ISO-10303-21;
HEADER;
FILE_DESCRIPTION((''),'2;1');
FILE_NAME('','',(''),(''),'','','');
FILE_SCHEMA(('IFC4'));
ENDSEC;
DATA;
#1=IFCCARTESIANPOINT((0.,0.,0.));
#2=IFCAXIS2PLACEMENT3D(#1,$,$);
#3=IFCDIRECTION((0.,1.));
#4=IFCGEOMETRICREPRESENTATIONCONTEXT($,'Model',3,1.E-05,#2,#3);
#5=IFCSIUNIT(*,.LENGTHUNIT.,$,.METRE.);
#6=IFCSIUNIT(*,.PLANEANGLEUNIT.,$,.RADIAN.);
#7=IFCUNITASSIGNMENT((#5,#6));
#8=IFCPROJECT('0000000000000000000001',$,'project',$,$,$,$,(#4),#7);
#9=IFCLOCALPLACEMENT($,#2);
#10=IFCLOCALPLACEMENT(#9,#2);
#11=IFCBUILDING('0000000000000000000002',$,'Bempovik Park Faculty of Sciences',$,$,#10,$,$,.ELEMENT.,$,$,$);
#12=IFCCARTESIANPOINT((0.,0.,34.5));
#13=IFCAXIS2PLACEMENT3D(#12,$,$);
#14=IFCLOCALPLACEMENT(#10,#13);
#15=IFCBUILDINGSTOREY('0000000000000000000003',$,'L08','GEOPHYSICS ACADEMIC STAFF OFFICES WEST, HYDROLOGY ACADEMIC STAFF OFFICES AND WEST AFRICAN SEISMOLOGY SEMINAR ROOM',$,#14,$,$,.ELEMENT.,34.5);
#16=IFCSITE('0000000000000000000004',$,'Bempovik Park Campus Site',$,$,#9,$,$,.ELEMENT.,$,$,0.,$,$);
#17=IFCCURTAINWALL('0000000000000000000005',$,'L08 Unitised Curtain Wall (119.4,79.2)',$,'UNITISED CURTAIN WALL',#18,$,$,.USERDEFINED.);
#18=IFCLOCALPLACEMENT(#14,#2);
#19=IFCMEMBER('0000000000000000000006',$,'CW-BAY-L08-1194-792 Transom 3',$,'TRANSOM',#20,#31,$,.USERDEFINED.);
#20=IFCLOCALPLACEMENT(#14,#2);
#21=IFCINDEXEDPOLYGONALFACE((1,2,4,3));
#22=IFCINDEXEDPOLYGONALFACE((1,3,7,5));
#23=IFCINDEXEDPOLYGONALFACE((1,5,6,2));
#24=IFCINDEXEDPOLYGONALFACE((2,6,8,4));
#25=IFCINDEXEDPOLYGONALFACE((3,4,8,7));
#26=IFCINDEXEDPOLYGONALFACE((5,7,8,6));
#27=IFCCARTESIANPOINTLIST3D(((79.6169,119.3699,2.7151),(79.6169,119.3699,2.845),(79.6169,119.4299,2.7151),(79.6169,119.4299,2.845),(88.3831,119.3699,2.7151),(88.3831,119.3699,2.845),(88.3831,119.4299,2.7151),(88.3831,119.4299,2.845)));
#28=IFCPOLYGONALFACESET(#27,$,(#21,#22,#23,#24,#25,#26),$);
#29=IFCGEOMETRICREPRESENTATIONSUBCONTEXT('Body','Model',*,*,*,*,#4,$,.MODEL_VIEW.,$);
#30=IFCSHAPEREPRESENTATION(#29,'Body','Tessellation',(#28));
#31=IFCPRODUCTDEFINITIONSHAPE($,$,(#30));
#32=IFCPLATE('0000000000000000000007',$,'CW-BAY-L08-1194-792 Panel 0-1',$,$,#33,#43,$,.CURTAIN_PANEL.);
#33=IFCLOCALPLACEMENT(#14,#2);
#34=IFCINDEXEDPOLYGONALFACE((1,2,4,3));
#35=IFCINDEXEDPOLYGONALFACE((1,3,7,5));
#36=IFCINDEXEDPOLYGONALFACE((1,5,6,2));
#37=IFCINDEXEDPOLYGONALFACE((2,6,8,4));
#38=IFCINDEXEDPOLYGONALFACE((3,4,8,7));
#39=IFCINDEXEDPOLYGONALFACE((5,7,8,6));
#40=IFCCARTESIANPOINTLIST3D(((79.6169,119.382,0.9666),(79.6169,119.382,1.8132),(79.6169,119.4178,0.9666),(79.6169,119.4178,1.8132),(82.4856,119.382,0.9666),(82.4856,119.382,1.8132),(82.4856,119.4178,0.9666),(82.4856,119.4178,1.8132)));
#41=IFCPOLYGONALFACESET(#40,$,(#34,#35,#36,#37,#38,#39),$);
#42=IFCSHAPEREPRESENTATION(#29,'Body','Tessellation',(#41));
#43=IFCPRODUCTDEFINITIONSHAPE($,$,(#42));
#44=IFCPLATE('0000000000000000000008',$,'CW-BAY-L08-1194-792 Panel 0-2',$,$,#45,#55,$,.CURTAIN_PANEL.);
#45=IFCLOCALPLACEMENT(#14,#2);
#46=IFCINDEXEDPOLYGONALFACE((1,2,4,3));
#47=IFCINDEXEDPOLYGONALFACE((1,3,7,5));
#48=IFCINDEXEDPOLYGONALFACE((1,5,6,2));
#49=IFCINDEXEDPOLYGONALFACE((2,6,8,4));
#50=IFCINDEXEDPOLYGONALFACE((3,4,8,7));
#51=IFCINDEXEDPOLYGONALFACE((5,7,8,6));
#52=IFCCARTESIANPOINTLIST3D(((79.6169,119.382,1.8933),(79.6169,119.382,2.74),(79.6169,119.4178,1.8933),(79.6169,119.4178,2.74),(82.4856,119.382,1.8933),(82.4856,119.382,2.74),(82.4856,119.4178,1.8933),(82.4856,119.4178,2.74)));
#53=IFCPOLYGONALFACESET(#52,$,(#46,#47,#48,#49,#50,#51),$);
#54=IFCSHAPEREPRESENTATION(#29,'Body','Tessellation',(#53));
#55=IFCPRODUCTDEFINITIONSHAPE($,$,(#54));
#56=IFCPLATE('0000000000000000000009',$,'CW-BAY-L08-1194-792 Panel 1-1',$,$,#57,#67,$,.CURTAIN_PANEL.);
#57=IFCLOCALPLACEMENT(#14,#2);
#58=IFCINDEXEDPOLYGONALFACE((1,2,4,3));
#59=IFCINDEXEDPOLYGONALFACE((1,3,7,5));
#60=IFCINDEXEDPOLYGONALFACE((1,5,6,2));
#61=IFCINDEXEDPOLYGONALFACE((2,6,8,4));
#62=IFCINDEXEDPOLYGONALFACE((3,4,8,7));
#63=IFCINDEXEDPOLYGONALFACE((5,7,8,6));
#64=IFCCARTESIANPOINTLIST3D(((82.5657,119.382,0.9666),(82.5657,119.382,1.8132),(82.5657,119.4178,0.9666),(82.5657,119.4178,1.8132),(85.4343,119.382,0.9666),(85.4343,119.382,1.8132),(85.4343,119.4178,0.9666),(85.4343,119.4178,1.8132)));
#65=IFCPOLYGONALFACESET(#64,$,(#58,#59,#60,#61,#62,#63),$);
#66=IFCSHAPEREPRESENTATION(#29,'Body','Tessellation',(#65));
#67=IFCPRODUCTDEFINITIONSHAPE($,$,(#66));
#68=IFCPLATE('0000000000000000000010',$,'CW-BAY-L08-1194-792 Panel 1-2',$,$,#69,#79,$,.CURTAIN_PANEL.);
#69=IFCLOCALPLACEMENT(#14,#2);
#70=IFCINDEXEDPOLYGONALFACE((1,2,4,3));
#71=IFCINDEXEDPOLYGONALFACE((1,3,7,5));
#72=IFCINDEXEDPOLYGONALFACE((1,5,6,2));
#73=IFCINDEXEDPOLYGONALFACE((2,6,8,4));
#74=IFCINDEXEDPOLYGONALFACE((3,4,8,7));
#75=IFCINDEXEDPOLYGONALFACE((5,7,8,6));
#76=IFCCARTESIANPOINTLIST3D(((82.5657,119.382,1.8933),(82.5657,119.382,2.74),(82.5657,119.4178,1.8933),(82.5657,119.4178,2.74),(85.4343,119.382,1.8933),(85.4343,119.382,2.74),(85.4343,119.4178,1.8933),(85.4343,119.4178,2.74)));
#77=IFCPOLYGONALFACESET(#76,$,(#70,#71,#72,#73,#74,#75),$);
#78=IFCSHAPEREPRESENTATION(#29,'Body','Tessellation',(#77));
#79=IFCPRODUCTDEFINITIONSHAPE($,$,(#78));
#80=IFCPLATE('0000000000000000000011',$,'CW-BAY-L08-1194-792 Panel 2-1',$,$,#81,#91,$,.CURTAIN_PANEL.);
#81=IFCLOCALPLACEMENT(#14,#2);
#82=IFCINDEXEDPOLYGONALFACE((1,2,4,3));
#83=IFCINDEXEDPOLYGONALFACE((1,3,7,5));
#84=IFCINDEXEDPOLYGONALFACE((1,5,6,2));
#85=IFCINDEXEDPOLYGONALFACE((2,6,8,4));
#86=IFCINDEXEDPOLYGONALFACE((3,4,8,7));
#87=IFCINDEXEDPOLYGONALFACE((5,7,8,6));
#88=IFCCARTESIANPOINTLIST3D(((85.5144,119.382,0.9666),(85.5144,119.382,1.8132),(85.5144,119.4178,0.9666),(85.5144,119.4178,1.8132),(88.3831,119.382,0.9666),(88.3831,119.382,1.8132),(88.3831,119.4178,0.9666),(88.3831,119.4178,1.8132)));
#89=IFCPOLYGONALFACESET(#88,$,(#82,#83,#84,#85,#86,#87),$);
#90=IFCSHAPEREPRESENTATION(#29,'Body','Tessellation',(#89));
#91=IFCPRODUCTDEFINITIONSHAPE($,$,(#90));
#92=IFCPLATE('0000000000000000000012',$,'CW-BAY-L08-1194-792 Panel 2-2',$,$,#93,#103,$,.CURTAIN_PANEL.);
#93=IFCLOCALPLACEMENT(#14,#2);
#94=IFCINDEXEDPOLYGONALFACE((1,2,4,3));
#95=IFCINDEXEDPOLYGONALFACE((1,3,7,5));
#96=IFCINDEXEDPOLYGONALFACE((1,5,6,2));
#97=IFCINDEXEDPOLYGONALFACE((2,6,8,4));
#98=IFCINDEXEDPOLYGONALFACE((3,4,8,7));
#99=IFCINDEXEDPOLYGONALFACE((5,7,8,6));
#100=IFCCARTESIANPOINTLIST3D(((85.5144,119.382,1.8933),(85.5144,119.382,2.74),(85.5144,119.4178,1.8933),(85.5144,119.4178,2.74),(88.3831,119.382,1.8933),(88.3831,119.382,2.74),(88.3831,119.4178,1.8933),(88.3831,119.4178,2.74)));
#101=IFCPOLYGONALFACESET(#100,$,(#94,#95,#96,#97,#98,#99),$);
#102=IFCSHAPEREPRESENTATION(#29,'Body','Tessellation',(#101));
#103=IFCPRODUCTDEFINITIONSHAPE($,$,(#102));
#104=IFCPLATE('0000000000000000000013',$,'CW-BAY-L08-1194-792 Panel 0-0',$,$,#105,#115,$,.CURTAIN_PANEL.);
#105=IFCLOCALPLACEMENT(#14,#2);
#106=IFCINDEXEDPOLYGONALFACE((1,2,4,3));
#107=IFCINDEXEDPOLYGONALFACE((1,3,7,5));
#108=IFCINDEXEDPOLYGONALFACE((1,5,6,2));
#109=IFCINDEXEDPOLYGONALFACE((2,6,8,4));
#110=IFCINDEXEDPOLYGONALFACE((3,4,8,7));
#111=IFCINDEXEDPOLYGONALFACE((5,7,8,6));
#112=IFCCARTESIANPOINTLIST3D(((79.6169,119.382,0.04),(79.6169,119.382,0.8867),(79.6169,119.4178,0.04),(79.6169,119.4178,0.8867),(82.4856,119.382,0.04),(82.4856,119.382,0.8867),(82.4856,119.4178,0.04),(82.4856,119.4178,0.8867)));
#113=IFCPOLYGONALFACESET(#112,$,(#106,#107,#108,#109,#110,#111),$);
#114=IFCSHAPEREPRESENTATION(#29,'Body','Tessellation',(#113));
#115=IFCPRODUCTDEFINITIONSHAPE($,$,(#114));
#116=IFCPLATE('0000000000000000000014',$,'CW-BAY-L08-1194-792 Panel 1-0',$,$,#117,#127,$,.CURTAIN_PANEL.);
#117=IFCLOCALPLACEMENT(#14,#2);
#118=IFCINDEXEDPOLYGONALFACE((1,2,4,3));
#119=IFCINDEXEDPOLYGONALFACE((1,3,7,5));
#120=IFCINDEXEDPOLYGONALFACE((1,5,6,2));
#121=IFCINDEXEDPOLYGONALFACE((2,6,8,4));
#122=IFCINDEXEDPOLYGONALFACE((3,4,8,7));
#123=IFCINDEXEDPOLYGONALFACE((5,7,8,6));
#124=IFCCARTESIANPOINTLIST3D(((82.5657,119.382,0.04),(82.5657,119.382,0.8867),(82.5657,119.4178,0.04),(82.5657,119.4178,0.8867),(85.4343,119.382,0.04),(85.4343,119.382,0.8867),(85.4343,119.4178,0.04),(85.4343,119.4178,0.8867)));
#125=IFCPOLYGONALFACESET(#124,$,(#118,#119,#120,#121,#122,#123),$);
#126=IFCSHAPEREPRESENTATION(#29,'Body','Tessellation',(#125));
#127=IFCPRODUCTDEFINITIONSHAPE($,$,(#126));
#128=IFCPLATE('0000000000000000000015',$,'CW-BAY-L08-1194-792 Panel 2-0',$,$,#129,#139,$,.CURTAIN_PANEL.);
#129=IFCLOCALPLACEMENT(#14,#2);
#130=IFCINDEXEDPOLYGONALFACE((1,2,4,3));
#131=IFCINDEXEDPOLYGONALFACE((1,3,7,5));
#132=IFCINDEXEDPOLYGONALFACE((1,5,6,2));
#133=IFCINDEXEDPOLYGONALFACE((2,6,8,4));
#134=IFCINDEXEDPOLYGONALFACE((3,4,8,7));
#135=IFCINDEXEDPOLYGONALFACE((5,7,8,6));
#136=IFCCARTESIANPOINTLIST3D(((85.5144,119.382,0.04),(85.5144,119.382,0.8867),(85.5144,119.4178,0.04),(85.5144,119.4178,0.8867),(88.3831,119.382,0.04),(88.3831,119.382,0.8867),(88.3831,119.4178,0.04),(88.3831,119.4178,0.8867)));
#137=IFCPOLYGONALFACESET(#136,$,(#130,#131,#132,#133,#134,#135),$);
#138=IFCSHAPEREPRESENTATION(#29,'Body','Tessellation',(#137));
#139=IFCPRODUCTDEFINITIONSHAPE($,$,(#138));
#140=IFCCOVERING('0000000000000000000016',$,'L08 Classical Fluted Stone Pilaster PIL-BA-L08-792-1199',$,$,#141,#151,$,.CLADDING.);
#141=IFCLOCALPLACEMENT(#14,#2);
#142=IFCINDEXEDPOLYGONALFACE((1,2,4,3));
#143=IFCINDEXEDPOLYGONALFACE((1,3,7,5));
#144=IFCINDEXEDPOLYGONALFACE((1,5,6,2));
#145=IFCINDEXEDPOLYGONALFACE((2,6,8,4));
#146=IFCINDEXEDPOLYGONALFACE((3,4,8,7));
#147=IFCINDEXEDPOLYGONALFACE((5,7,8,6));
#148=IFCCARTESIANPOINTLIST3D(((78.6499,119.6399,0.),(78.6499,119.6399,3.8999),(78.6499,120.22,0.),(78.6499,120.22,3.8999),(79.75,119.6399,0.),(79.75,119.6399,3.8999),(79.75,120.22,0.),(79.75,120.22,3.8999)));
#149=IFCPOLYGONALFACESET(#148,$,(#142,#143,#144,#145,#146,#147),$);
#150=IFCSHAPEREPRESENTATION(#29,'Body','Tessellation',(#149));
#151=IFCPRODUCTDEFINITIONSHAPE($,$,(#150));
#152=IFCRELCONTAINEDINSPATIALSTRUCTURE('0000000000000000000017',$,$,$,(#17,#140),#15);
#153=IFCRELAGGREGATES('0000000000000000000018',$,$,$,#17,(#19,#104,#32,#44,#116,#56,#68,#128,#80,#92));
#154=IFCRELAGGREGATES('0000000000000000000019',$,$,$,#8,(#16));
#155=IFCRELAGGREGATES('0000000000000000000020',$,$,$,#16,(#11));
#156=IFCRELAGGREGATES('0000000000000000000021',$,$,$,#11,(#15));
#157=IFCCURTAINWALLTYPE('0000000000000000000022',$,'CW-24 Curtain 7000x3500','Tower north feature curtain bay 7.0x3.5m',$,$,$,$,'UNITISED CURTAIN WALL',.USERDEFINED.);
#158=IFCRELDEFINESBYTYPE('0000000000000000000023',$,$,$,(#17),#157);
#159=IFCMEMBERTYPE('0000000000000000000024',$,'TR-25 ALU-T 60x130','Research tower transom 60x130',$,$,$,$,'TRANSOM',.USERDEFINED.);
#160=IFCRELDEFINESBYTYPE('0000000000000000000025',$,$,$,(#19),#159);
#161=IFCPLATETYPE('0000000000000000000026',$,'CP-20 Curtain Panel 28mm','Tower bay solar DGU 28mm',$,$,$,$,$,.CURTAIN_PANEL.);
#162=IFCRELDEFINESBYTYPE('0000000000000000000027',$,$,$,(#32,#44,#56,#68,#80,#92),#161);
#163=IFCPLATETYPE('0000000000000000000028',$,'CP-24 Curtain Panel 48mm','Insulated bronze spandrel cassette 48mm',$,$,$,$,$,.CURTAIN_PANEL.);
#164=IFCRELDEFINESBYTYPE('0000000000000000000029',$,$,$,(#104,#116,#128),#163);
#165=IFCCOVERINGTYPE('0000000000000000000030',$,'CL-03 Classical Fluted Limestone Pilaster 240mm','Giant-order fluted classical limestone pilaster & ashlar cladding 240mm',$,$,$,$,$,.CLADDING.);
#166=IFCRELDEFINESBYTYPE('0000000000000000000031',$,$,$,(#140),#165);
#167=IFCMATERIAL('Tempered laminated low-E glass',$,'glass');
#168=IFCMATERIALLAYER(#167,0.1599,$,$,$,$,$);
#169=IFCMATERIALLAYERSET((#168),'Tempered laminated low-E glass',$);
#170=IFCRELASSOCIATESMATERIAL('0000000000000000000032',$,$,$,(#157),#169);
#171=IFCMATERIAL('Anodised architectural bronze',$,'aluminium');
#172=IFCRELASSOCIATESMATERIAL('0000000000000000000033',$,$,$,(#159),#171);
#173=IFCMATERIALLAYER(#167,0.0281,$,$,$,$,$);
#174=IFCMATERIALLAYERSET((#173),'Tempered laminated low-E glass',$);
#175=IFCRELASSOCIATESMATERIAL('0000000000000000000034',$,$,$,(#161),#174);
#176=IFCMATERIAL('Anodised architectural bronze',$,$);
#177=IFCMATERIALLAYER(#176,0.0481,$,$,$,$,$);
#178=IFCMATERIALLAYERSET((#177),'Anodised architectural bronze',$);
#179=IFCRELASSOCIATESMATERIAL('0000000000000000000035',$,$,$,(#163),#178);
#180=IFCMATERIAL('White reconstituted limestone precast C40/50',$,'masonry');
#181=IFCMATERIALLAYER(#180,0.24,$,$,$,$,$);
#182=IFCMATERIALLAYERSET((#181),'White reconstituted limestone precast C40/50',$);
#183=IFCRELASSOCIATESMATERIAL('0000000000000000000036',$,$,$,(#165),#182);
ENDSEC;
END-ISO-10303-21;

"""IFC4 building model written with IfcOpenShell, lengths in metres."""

from ifc_helpers import new_model, si_unit, direction, frame, origin, origin_2d, place, context, subcontext, project, spatial, rectangle, extrude, material, layer, layer_set, material_profile, profile_set, type_object, element, aggregate, save


model = new_model("IFC4")

# Units and contexts
model_context = context("Model", 3, precision=1e-05, world=origin(), true_north=direction((0.0, 1.0)))
body_context = subcontext(model_context, "Body", "Model", "MODEL_VIEW")
ifc_project = project(units=[si_unit("LENGTHUNIT", "METRE"), si_unit("PLANEANGLEUNIT", "RADIAN")], contexts=[model_context])

# Site, building, storey
site_placement = place(None, origin())
site = spatial("IfcSite", under=ifc_project, at=site_placement, Name="Bempovik Park Campus Site", CompositionType="ELEMENT", RefElevation=0.0)
building_placement = place(site_placement, origin())
building = spatial("IfcBuilding", under=site, at=building_placement, Name="Bempovik Park Faculty of Sciences", CompositionType="ELEMENT")
storey_placement = place(building_placement, frame((0.0, 0.0, 34.5)))
storey = spatial("IfcBuildingStorey", under=building, at=storey_placement, Name="L08", Description="GEOPHYSICS ACADEMIC STAFF OFFICES WEST, HYDROLOGY ACADEMIC STAFF OFFICES AND WEST AFRICAN SEISMOLOGY SEMINAR ROOM", CompositionType="ELEMENT", Elevation=34.5)

# Curtain wall, member, plates
ifc_material_1 = material(Name="Tempered laminated low-E glass", Category="glass")
ifc_layer_1 = layer(ifc_material_1, 0.1599)
ifc_layer_set_1 = layer_set([ifc_layer_1], Name="Tempered laminated low-E glass")
curtain_wall_type = type_object("IfcCurtainWallType", Name="CW-24 Curtain 7000x3500", Description="Tower north feature curtain bay 7.0x3.5m", ElementType="UNITISED CURTAIN WALL", PredefinedType="USERDEFINED", material=ifc_layer_set_1)
curtain_wall_placement = place(storey_placement, origin())
curtain_wall = element("IfcCurtainWall", 1, at=curtain_wall_placement, inside=storey, type_object=curtain_wall_type, Name="L08 Unitised Curtain Wall (119.4,79.2)", ObjectType="UNITISED CURTAIN WALL", PredefinedType="USERDEFINED")
ifc_material_2 = material(Name="Anodised architectural bronze", Category="aluminium")
ifc_material_profile_1 = material_profile(ifc_material_2, rectangle(XDim=0.0601, YDim=0.1299, at=origin_2d()), Name="ALU-T 60x130")
ifc_profile_set_1 = profile_set([ifc_material_profile_1], Name="Anodised architectural bronze")
member_type_1 = type_object("IfcMemberType", Name="TR-25 ALU-T 60x130", Description="Research tower transom 60x130", ElementType="TRANSOM", PredefinedType="USERDEFINED", material=ifc_profile_set_1)
member_1_placement = place(storey_placement, frame((79.6169, 119.3999, 2.78), z_axis=(1.0, 0.0, 0.0), x_axis=(0.0, 1.0, 0.0)))
member_1 = element("IfcMember", 2, at=member_1_placement, type_object=member_type_1, Name="CW-BAY-L08-1194-792 Transom 3", ObjectType="TRANSOM", PredefinedType="USERDEFINED", context=body_context, shape_type="SweptSolid", body=[
    extrude(rectangle(XDim=0.0601, YDim=0.1299, at=origin_2d()), origin(), (0.0, 0.0, 1.0), 8.7661),
])
ifc_layer_2 = layer(ifc_material_1, 0.0281)
ifc_layer_set_2 = layer_set([ifc_layer_2], Name="Tempered laminated low-E glass")
plate_type_1 = type_object("IfcPlateType", Name="CP-20 Curtain Panel 28mm", Description="Tower bay solar DGU 28mm", PredefinedType="CURTAIN_PANEL", material=ifc_layer_set_2)
plate_1_placement = place(storey_placement, frame((81.0513, 119.3999, 0.9666), z_axis=(0.0, 0.0, 1.0), x_axis=(1.0, 0.0, 0.0)))
plate_1 = element("IfcPlate", 3, at=plate_1_placement, type_object=plate_type_1, Name="CW-BAY-L08-1194-792 Panel 0-1", PredefinedType="CURTAIN_PANEL", context=body_context, shape_type="SweptSolid", body=[
    extrude(rectangle(XDim=2.8687, YDim=0.0359, at=origin_2d()), origin(), (0.0, 0.0, 1.0), 0.8467),
])
plate_2_placement = place(storey_placement, frame((81.0513, 119.3999, 1.8933), z_axis=(0.0, 0.0, 1.0), x_axis=(1.0, 0.0, 0.0)))
plate_2 = element("IfcPlate", 4, at=plate_2_placement, type_object=plate_type_1, Name="CW-BAY-L08-1194-792 Panel 0-2", PredefinedType="CURTAIN_PANEL", context=body_context, shape_type="SweptSolid", body=[
    extrude(rectangle(XDim=2.8687, YDim=0.0359, at=origin_2d()), origin(), (0.0, 0.0, 1.0), 0.8467),
])
plate_3_placement = place(storey_placement, frame((84.0, 119.3999, 0.9666), z_axis=(0.0, 0.0, 1.0), x_axis=(1.0, 0.0, 0.0)))
plate_3 = element("IfcPlate", 5, at=plate_3_placement, type_object=plate_type_1, Name="CW-BAY-L08-1194-792 Panel 1-1", PredefinedType="CURTAIN_PANEL", context=body_context, shape_type="SweptSolid", body=[
    extrude(rectangle(XDim=2.8687, YDim=0.0359, at=origin_2d()), origin(), (0.0, 0.0, 1.0), 0.8467),
])
plate_4_placement = place(storey_placement, frame((84.0, 119.3999, 1.8933), z_axis=(0.0, 0.0, 1.0), x_axis=(1.0, 0.0, 0.0)))
plate_4 = element("IfcPlate", 6, at=plate_4_placement, type_object=plate_type_1, Name="CW-BAY-L08-1194-792 Panel 1-2", PredefinedType="CURTAIN_PANEL", context=body_context, shape_type="SweptSolid", body=[
    extrude(rectangle(XDim=2.8687, YDim=0.0359, at=origin_2d()), origin(), (0.0, 0.0, 1.0), 0.8467),
])
plate_5_placement = place(storey_placement, frame((86.9487, 119.3999, 0.9666), z_axis=(0.0, 0.0, 1.0), x_axis=(1.0, 0.0, 0.0)))
plate_5 = element("IfcPlate", 7, at=plate_5_placement, type_object=plate_type_1, Name="CW-BAY-L08-1194-792 Panel 2-1", PredefinedType="CURTAIN_PANEL", context=body_context, shape_type="SweptSolid", body=[
    extrude(rectangle(XDim=2.8687, YDim=0.0359, at=origin_2d()), origin(), (0.0, 0.0, 1.0), 0.8467),
])
plate_6_placement = place(storey_placement, frame((86.9487, 119.3999, 1.8933), z_axis=(0.0, 0.0, 1.0), x_axis=(1.0, 0.0, 0.0)))
plate_6 = element("IfcPlate", 8, at=plate_6_placement, type_object=plate_type_1, Name="CW-BAY-L08-1194-792 Panel 2-2", PredefinedType="CURTAIN_PANEL", context=body_context, shape_type="SweptSolid", body=[
    extrude(rectangle(XDim=2.8687, YDim=0.0359, at=origin_2d()), origin(), (0.0, 0.0, 1.0), 0.8467),
])
ifc_material_3 = material(Name="Anodised architectural bronze")
ifc_layer_3 = layer(ifc_material_3, 0.0481)
ifc_layer_set_3 = layer_set([ifc_layer_3], Name="Anodised architectural bronze")
plate_type_2 = type_object("IfcPlateType", Name="CP-24 Curtain Panel 48mm", Description="Insulated bronze spandrel cassette 48mm", PredefinedType="CURTAIN_PANEL", material=ifc_layer_set_3)
plate_7_placement = place(storey_placement, frame((81.0513, 119.3999, 0.04), z_axis=(0.0, 0.0, 1.0), x_axis=(1.0, 0.0, 0.0)))
plate_7 = element("IfcPlate", 9, at=plate_7_placement, type_object=plate_type_2, Name="CW-BAY-L08-1194-792 Panel 0-0", PredefinedType="CURTAIN_PANEL", context=body_context, shape_type="SweptSolid", body=[
    extrude(rectangle(XDim=2.8687, YDim=0.0359, at=origin_2d()), origin(), (0.0, 0.0, 1.0), 0.8467),
])
plate_8_placement = place(storey_placement, frame((84.0, 119.3999, 0.04), z_axis=(0.0, 0.0, 1.0), x_axis=(1.0, 0.0, 0.0)))
plate_8 = element("IfcPlate", 10, at=plate_8_placement, type_object=plate_type_2, Name="CW-BAY-L08-1194-792 Panel 1-0", PredefinedType="CURTAIN_PANEL", context=body_context, shape_type="SweptSolid", body=[
    extrude(rectangle(XDim=2.8687, YDim=0.0359, at=origin_2d()), origin(), (0.0, 0.0, 1.0), 0.8467),
])
plate_9_placement = place(storey_placement, frame((86.9487, 119.3999, 0.04), z_axis=(0.0, 0.0, 1.0), x_axis=(1.0, 0.0, 0.0)))
plate_9 = element("IfcPlate", 11, at=plate_9_placement, type_object=plate_type_2, Name="CW-BAY-L08-1194-792 Panel 2-0", PredefinedType="CURTAIN_PANEL", context=body_context, shape_type="SweptSolid", body=[
    extrude(rectangle(XDim=2.8687, YDim=0.0359, at=origin_2d()), origin(), (0.0, 0.0, 1.0), 0.8467),
])
aggregate(curtain_wall, [member_1, plate_7, plate_1, plate_2, plate_8, plate_3, plate_4, plate_9, plate_5, plate_6])

# Covering
ifc_material_4 = material(Name="White reconstituted limestone precast C40/50", Category="masonry")
ifc_layer_4 = layer(ifc_material_4, 0.24)
ifc_layer_set_4 = layer_set([ifc_layer_4], Name="White reconstituted limestone precast C40/50")
covering_type = type_object("IfcCoveringType", Name="CL-03 Classical Fluted Limestone Pilaster 240mm", Description="Giant-order fluted classical limestone pilaster & ashlar cladding 240mm", PredefinedType="CLADDING", material=ifc_layer_set_4)
covering_placement = place(storey_placement, frame((79.2, 119.9299, 0.0), z_axis=(0.0, 0.0, 1.0), x_axis=(1.0, 0.0, 0.0)))
element("IfcCovering", 12, at=covering_placement, inside=storey, type_object=covering_type, Name="L08 Classical Fluted Stone Pilaster PIL-BA-L08-792-1199", PredefinedType="CLADDING", context=body_context, shape_type="SweptSolid", body=[
    extrude(rectangle(XDim=1.1001, YDim=0.5801, at=origin_2d()), origin(), (0.0, 0.0, 1.0), 3.8999),
])

save(model, "model.ifc")
